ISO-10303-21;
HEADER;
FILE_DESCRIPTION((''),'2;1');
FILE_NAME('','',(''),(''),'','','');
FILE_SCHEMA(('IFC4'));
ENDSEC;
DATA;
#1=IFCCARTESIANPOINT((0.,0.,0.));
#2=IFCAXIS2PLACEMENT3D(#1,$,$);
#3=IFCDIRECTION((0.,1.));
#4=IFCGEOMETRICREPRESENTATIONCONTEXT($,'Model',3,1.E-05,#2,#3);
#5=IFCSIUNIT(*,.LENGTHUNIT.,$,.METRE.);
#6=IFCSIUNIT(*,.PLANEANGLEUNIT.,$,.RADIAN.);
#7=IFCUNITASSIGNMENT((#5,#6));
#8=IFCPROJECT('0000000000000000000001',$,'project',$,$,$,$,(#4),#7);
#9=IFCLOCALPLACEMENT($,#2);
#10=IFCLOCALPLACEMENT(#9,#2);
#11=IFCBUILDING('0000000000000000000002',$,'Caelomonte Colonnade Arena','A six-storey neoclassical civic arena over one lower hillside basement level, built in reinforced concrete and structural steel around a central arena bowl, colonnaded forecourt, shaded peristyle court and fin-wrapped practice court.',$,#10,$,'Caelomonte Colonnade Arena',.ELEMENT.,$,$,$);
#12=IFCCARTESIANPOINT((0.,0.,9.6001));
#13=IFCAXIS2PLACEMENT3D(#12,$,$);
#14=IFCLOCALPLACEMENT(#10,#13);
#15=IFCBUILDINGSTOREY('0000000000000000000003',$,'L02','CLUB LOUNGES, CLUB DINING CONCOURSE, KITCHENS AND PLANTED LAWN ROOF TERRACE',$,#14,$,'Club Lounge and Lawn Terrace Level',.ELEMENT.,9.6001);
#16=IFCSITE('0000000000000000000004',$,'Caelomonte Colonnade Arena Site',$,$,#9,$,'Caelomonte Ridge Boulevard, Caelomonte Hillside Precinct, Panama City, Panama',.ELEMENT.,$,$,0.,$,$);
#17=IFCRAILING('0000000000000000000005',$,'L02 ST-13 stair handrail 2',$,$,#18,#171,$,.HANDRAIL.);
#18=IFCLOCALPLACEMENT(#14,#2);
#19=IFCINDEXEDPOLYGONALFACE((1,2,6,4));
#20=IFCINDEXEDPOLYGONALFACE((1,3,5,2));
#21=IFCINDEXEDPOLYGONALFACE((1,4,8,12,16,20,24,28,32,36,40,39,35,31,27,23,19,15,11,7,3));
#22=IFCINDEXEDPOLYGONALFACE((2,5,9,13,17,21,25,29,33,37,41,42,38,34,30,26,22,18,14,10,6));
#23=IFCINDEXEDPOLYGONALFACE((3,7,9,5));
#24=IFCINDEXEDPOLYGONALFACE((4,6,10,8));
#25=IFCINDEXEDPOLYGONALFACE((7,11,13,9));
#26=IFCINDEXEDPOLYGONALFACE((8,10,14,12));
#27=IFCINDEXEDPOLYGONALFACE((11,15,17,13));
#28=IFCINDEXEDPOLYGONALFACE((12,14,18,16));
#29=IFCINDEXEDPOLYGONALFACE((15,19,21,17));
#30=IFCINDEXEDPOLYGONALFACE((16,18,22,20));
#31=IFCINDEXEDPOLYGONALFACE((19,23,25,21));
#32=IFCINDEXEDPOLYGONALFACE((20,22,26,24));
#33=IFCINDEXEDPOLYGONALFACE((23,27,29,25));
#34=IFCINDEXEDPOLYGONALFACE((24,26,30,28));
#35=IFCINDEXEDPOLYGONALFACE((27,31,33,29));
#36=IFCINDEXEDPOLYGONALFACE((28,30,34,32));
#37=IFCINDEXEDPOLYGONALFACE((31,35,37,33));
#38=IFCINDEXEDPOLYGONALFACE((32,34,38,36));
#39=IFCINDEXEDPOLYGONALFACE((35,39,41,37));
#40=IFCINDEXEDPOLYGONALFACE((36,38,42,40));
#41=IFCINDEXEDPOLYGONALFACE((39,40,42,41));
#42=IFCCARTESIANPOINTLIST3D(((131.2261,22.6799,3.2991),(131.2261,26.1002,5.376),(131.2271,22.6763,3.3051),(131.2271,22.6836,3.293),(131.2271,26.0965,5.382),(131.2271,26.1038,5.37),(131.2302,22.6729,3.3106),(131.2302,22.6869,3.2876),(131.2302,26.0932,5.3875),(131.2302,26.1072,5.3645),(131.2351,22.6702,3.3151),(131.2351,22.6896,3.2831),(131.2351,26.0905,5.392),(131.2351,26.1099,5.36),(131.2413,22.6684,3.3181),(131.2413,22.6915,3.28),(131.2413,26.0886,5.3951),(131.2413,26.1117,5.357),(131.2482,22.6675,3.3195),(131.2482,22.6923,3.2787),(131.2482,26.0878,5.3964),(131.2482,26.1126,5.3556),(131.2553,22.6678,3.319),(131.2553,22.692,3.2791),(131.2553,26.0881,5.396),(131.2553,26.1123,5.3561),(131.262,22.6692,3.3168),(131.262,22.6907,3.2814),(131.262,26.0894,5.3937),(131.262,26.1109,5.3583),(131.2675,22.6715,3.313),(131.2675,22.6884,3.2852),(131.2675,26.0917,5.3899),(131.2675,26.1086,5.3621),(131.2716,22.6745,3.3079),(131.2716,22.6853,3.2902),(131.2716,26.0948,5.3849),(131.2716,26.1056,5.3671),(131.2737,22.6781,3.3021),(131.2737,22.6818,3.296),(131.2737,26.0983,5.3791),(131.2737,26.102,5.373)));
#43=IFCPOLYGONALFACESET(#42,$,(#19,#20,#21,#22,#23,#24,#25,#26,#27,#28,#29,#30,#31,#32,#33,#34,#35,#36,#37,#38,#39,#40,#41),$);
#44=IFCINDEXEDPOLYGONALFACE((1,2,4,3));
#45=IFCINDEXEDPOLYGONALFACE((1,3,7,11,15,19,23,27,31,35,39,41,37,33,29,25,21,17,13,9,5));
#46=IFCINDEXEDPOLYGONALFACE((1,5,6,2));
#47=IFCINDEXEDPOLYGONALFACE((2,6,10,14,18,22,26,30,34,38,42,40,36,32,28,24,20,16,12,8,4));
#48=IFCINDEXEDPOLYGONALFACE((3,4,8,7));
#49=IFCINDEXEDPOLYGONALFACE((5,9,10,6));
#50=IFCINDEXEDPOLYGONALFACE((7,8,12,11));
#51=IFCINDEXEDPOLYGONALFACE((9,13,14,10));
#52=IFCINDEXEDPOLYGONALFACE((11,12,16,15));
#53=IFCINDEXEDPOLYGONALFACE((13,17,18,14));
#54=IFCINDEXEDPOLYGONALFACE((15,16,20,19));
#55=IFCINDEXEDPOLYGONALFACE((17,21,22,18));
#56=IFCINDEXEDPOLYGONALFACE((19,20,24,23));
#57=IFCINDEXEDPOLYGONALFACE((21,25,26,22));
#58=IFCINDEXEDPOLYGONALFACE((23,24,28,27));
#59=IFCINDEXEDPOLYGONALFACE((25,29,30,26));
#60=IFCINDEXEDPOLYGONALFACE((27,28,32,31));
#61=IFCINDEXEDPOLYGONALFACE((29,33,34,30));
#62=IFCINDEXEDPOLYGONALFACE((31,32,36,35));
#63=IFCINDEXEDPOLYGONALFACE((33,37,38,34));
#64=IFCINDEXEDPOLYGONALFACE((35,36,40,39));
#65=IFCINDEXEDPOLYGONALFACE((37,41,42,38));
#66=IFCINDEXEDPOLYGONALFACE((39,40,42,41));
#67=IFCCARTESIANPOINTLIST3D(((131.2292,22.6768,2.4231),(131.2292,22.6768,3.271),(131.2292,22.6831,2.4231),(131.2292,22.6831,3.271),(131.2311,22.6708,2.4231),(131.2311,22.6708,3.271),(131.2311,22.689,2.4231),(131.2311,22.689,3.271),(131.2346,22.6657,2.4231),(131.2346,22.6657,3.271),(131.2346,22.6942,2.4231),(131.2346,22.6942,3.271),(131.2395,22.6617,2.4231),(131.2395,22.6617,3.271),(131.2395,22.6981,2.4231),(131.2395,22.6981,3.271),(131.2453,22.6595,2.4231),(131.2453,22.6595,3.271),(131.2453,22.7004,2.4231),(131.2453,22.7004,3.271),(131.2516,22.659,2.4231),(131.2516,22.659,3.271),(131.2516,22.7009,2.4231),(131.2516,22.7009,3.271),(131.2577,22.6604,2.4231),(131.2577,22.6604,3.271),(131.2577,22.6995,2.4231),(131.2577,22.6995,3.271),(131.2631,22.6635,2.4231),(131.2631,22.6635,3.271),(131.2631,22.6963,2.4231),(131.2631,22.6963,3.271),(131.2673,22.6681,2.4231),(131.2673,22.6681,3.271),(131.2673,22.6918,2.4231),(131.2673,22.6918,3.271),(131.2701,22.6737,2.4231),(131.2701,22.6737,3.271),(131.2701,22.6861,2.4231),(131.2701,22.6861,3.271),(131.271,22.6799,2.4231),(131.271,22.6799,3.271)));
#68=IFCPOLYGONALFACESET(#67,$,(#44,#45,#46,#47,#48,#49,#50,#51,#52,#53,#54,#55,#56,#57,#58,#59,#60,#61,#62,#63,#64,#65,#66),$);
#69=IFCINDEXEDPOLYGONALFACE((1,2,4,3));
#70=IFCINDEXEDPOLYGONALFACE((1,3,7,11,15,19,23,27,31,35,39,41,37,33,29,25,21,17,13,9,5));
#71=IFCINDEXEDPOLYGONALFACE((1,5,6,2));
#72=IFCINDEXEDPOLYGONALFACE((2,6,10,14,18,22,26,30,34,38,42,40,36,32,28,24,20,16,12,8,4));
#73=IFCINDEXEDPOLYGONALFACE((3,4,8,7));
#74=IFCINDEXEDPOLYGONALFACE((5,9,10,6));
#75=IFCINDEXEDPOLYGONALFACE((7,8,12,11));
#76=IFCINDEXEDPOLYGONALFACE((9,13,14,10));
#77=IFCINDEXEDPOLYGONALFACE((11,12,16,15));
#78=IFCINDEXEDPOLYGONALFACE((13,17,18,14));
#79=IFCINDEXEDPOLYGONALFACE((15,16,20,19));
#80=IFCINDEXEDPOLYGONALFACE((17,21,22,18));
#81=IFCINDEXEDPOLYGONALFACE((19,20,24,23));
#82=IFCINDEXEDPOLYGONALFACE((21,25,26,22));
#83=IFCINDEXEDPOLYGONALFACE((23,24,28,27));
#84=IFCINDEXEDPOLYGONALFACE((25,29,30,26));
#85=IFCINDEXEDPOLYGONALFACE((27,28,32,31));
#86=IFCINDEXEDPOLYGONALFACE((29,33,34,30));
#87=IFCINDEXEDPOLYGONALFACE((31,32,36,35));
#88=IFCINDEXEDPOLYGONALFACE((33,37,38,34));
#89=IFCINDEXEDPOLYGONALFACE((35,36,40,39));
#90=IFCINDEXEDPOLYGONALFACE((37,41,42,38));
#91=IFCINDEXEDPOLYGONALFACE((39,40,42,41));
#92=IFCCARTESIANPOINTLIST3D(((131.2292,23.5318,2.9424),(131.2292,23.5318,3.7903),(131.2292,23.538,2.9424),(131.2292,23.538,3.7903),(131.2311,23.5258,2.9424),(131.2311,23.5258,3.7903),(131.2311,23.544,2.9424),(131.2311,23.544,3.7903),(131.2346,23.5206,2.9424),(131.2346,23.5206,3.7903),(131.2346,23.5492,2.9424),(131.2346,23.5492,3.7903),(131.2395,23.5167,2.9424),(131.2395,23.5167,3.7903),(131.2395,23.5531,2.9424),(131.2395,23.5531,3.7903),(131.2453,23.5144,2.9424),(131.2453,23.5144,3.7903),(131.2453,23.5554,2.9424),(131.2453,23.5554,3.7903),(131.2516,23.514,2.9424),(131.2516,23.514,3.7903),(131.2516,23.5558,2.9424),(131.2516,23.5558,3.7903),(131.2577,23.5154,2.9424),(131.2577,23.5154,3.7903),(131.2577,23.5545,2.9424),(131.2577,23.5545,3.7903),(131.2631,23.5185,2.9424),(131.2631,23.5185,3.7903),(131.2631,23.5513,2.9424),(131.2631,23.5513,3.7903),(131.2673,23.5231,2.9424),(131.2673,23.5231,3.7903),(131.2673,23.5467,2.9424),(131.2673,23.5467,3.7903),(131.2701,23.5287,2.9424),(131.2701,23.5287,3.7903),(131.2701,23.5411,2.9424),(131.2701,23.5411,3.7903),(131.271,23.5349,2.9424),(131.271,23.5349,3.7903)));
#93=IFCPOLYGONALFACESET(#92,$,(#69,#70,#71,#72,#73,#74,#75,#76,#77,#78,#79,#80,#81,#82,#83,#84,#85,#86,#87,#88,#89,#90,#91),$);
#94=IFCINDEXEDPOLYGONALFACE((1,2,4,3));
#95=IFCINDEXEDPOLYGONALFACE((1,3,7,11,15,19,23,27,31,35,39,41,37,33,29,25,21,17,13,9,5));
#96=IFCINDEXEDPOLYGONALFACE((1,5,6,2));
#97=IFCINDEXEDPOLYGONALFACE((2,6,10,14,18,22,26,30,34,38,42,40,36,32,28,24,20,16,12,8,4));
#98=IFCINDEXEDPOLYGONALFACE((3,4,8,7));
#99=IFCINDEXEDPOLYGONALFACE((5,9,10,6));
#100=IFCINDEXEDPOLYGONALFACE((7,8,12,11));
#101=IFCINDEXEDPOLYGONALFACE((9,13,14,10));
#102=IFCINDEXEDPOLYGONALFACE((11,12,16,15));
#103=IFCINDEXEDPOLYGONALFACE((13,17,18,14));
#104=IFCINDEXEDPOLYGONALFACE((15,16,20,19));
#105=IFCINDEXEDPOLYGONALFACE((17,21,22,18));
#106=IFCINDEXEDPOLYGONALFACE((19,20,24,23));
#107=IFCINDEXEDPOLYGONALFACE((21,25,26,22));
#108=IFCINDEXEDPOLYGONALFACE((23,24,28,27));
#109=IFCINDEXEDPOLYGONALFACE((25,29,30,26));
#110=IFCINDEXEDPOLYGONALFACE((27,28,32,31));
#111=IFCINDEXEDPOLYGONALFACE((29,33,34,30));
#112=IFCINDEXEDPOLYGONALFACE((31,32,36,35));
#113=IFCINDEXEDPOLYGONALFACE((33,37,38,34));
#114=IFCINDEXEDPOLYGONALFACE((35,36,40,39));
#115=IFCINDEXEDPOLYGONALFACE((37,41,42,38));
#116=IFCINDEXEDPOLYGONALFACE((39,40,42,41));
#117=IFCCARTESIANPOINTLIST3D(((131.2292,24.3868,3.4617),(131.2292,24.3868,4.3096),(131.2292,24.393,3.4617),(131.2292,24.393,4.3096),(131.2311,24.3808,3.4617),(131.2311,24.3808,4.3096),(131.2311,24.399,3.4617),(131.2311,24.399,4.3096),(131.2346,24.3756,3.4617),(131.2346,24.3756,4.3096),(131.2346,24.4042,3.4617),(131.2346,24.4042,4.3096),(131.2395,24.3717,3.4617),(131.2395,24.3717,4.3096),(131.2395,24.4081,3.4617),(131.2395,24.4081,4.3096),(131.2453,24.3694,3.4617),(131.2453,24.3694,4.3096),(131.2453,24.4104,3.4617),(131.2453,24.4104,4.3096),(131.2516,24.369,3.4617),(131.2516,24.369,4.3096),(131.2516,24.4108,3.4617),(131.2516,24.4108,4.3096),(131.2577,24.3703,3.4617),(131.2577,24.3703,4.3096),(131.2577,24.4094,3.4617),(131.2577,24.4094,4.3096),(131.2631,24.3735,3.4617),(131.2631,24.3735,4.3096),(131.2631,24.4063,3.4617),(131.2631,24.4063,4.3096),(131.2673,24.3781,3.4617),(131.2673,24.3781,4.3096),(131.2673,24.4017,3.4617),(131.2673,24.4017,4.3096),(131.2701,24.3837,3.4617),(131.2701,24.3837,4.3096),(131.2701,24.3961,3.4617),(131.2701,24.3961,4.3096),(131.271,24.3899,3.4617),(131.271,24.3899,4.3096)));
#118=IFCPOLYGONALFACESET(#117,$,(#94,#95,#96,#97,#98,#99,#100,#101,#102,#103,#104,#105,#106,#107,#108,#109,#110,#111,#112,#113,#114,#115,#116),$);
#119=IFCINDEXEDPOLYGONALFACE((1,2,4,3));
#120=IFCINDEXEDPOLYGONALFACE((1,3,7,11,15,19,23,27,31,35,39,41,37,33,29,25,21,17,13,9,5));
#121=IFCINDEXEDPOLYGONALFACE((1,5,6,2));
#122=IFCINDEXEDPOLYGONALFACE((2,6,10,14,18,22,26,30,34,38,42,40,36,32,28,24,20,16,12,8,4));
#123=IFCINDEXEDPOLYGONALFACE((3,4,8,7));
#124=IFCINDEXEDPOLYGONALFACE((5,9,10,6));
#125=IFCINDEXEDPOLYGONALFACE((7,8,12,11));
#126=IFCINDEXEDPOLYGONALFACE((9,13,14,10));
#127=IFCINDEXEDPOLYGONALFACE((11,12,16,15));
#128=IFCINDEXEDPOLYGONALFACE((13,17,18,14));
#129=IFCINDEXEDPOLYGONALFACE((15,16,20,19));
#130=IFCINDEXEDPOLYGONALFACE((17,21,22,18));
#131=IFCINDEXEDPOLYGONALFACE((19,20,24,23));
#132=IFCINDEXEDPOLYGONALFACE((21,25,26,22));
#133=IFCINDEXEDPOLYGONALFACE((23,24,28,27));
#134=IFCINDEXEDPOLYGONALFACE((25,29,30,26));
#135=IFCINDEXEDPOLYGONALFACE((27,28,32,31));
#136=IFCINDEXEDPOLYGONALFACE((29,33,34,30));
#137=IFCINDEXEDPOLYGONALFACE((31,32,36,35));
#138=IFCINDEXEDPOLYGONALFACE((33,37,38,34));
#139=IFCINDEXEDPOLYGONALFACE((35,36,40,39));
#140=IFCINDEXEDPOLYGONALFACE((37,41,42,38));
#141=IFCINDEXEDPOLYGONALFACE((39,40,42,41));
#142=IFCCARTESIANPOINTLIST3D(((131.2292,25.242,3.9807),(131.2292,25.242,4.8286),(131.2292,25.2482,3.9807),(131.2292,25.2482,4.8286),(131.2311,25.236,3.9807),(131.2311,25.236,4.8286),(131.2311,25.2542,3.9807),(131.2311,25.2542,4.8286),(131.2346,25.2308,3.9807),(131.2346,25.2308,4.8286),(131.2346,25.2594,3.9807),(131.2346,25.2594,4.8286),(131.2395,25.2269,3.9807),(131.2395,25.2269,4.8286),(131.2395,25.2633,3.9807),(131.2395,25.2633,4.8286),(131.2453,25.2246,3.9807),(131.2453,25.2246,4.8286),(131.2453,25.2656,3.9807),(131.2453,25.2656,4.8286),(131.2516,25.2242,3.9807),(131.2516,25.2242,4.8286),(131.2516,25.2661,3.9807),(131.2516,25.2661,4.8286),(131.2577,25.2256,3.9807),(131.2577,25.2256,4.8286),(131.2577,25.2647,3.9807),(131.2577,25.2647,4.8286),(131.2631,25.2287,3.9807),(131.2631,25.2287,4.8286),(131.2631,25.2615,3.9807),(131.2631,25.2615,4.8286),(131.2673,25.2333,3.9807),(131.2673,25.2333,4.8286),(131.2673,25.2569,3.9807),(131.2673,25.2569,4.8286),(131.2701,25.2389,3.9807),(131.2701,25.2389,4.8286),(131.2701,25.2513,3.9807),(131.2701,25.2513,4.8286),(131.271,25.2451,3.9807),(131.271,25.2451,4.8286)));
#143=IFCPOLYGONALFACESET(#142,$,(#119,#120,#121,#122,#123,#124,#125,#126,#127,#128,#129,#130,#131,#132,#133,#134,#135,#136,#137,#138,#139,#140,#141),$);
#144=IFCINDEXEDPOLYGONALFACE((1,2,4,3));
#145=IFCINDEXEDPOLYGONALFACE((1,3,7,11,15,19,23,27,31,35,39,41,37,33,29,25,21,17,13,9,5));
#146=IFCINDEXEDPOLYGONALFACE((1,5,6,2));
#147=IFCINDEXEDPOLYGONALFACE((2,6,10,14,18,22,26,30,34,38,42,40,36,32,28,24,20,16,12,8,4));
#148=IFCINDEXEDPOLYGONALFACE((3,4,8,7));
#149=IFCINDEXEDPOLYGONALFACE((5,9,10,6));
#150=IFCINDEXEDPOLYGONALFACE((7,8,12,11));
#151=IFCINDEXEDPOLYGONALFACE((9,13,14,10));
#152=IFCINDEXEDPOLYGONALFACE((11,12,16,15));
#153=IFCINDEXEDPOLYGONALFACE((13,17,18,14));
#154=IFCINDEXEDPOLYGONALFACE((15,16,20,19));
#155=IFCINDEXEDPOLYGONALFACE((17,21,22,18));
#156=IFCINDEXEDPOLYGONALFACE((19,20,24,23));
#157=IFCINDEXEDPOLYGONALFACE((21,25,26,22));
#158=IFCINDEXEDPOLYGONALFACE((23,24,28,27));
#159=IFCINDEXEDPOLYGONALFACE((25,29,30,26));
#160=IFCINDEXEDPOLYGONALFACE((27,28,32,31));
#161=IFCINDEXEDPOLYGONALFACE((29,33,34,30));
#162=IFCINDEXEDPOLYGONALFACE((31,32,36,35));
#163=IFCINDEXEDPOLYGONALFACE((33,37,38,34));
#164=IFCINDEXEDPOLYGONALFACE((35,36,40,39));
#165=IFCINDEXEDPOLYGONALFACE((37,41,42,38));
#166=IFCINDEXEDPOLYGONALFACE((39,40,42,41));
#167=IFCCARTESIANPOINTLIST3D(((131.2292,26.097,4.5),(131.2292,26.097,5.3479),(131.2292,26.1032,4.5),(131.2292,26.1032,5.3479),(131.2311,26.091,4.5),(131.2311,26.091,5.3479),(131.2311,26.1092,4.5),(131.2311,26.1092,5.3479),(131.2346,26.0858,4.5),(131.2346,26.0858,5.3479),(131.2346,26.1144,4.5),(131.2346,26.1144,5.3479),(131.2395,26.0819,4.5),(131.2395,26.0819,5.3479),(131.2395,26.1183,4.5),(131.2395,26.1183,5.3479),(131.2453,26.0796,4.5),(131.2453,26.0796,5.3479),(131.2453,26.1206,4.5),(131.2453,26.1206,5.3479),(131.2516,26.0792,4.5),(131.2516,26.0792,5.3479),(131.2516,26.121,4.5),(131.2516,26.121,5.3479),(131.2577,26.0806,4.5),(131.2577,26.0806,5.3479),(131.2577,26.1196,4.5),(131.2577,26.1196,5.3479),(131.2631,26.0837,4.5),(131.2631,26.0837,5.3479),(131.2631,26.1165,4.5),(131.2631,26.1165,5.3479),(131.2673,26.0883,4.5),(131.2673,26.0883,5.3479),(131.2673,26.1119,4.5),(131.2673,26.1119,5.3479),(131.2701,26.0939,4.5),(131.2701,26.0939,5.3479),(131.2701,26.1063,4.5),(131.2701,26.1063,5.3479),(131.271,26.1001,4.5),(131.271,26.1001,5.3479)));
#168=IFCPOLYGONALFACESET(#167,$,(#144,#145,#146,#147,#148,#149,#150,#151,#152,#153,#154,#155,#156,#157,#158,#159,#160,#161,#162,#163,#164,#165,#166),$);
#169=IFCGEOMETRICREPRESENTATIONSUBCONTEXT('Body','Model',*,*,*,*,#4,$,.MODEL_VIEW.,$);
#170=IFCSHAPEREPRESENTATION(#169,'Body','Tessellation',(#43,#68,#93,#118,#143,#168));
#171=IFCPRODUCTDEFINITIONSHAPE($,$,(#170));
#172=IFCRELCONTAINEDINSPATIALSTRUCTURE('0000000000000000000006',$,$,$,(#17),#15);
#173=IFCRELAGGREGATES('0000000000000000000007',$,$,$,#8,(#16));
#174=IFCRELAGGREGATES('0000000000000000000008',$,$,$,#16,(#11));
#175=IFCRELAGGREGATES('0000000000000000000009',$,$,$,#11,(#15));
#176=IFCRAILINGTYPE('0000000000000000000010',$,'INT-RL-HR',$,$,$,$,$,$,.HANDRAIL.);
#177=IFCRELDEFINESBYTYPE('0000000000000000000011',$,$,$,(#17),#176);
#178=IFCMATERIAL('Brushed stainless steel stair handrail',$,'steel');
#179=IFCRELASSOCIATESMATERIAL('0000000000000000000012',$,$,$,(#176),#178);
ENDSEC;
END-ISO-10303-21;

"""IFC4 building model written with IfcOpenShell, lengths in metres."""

from ifc_helpers import new_model, si_unit, direction, frame, origin, origin_2d, place, context, subcontext, project, spatial, circle, extrude, material, type_object, element, save


model = new_model("IFC4")

# Units and contexts
model_context = context("Model", 3, precision=1e-05, world=origin(), true_north=direction((0.0, 1.0)))
body_context = subcontext(model_context, "Body", "Model", "MODEL_VIEW")
ifc_project = project(units=[si_unit("LENGTHUNIT", "METRE"), si_unit("PLANEANGLEUNIT", "RADIAN")], contexts=[model_context])

# Site, building, storey
site_placement = place(None, origin())
site = spatial("IfcSite", under=ifc_project, at=site_placement, Name="Caelomonte Colonnade Arena Site", LongName="Caelomonte Ridge Boulevard, Caelomonte Hillside Precinct, Panama City, Panama", CompositionType="ELEMENT", RefElevation=0.0)
building_placement = place(site_placement, origin())
building = spatial("IfcBuilding", under=site, at=building_placement, Name="Caelomonte Colonnade Arena", Description="A six-storey neoclassical civic arena over one lower hillside basement level, built in reinforced concrete and structural steel around a central arena bowl, colonnaded forecourt, shaded peristyle court and fin-wrapped practice court.", LongName="Caelomonte Colonnade Arena", CompositionType="ELEMENT")
storey_placement = place(building_placement, frame((0.0, 0.0, 9.6001)))
storey = spatial("IfcBuildingStorey", under=building, at=storey_placement, Name="L02", Description="CLUB LOUNGES, CLUB DINING CONCOURSE, KITCHENS AND PLANTED LAWN ROOF TERRACE", LongName="Club Lounge and Lawn Terrace Level", CompositionType="ELEMENT", Elevation=9.6001)

# Railing
ifc_material_1 = material(Name="Brushed stainless steel stair handrail", Category="steel")
railing_type_1 = type_object("IfcRailingType", Name="INT-RL-HR", PredefinedType="HANDRAIL", material=ifc_material_1)
railing_1_placement = place(storey_placement, frame((131.25, 22.6799, 2.4231)))
element("IfcRailing", 1, at=railing_1_placement, inside=storey, type_object=railing_type_1, Name="L02 ST-13 stair handrail 2", PredefinedType="HANDRAIL", context=body_context, shape_type="SweptSolid", body=[
    extrude(circle(Radius=0.0239, at=origin_2d()), frame((0.0, 0.0, 0.876), z_axis=(0.0, 0.854746, 0.519047), x_axis=(-1.0, 0.0, 0.0)), (0.0, 0.0, 1.0), 4.0015),
    extrude(circle(Radius=0.021, at=origin_2d()), origin(), (0.0, 0.0, 1.0), 0.8479),
    extrude(circle(Radius=0.021, at=origin_2d()), frame((0.0, 0.855, 0.5193)), (0.0, 0.0, 1.0), 0.8479),
    extrude(circle(Radius=0.021, at=origin_2d()), frame((0.0, 1.71, 1.0386)), (0.0, 0.0, 1.0), 0.8479),
    extrude(circle(Radius=0.021, at=origin_2d()), frame((0.0, 2.5652, 1.5576)), (0.0, 0.0, 1.0), 0.8479),
    extrude(circle(Radius=0.021, at=origin_2d()), frame((0.0, 3.4202, 2.0769)), (0.0, 0.0, 1.0), 0.8479),
])

save(model, "model.ifc")
